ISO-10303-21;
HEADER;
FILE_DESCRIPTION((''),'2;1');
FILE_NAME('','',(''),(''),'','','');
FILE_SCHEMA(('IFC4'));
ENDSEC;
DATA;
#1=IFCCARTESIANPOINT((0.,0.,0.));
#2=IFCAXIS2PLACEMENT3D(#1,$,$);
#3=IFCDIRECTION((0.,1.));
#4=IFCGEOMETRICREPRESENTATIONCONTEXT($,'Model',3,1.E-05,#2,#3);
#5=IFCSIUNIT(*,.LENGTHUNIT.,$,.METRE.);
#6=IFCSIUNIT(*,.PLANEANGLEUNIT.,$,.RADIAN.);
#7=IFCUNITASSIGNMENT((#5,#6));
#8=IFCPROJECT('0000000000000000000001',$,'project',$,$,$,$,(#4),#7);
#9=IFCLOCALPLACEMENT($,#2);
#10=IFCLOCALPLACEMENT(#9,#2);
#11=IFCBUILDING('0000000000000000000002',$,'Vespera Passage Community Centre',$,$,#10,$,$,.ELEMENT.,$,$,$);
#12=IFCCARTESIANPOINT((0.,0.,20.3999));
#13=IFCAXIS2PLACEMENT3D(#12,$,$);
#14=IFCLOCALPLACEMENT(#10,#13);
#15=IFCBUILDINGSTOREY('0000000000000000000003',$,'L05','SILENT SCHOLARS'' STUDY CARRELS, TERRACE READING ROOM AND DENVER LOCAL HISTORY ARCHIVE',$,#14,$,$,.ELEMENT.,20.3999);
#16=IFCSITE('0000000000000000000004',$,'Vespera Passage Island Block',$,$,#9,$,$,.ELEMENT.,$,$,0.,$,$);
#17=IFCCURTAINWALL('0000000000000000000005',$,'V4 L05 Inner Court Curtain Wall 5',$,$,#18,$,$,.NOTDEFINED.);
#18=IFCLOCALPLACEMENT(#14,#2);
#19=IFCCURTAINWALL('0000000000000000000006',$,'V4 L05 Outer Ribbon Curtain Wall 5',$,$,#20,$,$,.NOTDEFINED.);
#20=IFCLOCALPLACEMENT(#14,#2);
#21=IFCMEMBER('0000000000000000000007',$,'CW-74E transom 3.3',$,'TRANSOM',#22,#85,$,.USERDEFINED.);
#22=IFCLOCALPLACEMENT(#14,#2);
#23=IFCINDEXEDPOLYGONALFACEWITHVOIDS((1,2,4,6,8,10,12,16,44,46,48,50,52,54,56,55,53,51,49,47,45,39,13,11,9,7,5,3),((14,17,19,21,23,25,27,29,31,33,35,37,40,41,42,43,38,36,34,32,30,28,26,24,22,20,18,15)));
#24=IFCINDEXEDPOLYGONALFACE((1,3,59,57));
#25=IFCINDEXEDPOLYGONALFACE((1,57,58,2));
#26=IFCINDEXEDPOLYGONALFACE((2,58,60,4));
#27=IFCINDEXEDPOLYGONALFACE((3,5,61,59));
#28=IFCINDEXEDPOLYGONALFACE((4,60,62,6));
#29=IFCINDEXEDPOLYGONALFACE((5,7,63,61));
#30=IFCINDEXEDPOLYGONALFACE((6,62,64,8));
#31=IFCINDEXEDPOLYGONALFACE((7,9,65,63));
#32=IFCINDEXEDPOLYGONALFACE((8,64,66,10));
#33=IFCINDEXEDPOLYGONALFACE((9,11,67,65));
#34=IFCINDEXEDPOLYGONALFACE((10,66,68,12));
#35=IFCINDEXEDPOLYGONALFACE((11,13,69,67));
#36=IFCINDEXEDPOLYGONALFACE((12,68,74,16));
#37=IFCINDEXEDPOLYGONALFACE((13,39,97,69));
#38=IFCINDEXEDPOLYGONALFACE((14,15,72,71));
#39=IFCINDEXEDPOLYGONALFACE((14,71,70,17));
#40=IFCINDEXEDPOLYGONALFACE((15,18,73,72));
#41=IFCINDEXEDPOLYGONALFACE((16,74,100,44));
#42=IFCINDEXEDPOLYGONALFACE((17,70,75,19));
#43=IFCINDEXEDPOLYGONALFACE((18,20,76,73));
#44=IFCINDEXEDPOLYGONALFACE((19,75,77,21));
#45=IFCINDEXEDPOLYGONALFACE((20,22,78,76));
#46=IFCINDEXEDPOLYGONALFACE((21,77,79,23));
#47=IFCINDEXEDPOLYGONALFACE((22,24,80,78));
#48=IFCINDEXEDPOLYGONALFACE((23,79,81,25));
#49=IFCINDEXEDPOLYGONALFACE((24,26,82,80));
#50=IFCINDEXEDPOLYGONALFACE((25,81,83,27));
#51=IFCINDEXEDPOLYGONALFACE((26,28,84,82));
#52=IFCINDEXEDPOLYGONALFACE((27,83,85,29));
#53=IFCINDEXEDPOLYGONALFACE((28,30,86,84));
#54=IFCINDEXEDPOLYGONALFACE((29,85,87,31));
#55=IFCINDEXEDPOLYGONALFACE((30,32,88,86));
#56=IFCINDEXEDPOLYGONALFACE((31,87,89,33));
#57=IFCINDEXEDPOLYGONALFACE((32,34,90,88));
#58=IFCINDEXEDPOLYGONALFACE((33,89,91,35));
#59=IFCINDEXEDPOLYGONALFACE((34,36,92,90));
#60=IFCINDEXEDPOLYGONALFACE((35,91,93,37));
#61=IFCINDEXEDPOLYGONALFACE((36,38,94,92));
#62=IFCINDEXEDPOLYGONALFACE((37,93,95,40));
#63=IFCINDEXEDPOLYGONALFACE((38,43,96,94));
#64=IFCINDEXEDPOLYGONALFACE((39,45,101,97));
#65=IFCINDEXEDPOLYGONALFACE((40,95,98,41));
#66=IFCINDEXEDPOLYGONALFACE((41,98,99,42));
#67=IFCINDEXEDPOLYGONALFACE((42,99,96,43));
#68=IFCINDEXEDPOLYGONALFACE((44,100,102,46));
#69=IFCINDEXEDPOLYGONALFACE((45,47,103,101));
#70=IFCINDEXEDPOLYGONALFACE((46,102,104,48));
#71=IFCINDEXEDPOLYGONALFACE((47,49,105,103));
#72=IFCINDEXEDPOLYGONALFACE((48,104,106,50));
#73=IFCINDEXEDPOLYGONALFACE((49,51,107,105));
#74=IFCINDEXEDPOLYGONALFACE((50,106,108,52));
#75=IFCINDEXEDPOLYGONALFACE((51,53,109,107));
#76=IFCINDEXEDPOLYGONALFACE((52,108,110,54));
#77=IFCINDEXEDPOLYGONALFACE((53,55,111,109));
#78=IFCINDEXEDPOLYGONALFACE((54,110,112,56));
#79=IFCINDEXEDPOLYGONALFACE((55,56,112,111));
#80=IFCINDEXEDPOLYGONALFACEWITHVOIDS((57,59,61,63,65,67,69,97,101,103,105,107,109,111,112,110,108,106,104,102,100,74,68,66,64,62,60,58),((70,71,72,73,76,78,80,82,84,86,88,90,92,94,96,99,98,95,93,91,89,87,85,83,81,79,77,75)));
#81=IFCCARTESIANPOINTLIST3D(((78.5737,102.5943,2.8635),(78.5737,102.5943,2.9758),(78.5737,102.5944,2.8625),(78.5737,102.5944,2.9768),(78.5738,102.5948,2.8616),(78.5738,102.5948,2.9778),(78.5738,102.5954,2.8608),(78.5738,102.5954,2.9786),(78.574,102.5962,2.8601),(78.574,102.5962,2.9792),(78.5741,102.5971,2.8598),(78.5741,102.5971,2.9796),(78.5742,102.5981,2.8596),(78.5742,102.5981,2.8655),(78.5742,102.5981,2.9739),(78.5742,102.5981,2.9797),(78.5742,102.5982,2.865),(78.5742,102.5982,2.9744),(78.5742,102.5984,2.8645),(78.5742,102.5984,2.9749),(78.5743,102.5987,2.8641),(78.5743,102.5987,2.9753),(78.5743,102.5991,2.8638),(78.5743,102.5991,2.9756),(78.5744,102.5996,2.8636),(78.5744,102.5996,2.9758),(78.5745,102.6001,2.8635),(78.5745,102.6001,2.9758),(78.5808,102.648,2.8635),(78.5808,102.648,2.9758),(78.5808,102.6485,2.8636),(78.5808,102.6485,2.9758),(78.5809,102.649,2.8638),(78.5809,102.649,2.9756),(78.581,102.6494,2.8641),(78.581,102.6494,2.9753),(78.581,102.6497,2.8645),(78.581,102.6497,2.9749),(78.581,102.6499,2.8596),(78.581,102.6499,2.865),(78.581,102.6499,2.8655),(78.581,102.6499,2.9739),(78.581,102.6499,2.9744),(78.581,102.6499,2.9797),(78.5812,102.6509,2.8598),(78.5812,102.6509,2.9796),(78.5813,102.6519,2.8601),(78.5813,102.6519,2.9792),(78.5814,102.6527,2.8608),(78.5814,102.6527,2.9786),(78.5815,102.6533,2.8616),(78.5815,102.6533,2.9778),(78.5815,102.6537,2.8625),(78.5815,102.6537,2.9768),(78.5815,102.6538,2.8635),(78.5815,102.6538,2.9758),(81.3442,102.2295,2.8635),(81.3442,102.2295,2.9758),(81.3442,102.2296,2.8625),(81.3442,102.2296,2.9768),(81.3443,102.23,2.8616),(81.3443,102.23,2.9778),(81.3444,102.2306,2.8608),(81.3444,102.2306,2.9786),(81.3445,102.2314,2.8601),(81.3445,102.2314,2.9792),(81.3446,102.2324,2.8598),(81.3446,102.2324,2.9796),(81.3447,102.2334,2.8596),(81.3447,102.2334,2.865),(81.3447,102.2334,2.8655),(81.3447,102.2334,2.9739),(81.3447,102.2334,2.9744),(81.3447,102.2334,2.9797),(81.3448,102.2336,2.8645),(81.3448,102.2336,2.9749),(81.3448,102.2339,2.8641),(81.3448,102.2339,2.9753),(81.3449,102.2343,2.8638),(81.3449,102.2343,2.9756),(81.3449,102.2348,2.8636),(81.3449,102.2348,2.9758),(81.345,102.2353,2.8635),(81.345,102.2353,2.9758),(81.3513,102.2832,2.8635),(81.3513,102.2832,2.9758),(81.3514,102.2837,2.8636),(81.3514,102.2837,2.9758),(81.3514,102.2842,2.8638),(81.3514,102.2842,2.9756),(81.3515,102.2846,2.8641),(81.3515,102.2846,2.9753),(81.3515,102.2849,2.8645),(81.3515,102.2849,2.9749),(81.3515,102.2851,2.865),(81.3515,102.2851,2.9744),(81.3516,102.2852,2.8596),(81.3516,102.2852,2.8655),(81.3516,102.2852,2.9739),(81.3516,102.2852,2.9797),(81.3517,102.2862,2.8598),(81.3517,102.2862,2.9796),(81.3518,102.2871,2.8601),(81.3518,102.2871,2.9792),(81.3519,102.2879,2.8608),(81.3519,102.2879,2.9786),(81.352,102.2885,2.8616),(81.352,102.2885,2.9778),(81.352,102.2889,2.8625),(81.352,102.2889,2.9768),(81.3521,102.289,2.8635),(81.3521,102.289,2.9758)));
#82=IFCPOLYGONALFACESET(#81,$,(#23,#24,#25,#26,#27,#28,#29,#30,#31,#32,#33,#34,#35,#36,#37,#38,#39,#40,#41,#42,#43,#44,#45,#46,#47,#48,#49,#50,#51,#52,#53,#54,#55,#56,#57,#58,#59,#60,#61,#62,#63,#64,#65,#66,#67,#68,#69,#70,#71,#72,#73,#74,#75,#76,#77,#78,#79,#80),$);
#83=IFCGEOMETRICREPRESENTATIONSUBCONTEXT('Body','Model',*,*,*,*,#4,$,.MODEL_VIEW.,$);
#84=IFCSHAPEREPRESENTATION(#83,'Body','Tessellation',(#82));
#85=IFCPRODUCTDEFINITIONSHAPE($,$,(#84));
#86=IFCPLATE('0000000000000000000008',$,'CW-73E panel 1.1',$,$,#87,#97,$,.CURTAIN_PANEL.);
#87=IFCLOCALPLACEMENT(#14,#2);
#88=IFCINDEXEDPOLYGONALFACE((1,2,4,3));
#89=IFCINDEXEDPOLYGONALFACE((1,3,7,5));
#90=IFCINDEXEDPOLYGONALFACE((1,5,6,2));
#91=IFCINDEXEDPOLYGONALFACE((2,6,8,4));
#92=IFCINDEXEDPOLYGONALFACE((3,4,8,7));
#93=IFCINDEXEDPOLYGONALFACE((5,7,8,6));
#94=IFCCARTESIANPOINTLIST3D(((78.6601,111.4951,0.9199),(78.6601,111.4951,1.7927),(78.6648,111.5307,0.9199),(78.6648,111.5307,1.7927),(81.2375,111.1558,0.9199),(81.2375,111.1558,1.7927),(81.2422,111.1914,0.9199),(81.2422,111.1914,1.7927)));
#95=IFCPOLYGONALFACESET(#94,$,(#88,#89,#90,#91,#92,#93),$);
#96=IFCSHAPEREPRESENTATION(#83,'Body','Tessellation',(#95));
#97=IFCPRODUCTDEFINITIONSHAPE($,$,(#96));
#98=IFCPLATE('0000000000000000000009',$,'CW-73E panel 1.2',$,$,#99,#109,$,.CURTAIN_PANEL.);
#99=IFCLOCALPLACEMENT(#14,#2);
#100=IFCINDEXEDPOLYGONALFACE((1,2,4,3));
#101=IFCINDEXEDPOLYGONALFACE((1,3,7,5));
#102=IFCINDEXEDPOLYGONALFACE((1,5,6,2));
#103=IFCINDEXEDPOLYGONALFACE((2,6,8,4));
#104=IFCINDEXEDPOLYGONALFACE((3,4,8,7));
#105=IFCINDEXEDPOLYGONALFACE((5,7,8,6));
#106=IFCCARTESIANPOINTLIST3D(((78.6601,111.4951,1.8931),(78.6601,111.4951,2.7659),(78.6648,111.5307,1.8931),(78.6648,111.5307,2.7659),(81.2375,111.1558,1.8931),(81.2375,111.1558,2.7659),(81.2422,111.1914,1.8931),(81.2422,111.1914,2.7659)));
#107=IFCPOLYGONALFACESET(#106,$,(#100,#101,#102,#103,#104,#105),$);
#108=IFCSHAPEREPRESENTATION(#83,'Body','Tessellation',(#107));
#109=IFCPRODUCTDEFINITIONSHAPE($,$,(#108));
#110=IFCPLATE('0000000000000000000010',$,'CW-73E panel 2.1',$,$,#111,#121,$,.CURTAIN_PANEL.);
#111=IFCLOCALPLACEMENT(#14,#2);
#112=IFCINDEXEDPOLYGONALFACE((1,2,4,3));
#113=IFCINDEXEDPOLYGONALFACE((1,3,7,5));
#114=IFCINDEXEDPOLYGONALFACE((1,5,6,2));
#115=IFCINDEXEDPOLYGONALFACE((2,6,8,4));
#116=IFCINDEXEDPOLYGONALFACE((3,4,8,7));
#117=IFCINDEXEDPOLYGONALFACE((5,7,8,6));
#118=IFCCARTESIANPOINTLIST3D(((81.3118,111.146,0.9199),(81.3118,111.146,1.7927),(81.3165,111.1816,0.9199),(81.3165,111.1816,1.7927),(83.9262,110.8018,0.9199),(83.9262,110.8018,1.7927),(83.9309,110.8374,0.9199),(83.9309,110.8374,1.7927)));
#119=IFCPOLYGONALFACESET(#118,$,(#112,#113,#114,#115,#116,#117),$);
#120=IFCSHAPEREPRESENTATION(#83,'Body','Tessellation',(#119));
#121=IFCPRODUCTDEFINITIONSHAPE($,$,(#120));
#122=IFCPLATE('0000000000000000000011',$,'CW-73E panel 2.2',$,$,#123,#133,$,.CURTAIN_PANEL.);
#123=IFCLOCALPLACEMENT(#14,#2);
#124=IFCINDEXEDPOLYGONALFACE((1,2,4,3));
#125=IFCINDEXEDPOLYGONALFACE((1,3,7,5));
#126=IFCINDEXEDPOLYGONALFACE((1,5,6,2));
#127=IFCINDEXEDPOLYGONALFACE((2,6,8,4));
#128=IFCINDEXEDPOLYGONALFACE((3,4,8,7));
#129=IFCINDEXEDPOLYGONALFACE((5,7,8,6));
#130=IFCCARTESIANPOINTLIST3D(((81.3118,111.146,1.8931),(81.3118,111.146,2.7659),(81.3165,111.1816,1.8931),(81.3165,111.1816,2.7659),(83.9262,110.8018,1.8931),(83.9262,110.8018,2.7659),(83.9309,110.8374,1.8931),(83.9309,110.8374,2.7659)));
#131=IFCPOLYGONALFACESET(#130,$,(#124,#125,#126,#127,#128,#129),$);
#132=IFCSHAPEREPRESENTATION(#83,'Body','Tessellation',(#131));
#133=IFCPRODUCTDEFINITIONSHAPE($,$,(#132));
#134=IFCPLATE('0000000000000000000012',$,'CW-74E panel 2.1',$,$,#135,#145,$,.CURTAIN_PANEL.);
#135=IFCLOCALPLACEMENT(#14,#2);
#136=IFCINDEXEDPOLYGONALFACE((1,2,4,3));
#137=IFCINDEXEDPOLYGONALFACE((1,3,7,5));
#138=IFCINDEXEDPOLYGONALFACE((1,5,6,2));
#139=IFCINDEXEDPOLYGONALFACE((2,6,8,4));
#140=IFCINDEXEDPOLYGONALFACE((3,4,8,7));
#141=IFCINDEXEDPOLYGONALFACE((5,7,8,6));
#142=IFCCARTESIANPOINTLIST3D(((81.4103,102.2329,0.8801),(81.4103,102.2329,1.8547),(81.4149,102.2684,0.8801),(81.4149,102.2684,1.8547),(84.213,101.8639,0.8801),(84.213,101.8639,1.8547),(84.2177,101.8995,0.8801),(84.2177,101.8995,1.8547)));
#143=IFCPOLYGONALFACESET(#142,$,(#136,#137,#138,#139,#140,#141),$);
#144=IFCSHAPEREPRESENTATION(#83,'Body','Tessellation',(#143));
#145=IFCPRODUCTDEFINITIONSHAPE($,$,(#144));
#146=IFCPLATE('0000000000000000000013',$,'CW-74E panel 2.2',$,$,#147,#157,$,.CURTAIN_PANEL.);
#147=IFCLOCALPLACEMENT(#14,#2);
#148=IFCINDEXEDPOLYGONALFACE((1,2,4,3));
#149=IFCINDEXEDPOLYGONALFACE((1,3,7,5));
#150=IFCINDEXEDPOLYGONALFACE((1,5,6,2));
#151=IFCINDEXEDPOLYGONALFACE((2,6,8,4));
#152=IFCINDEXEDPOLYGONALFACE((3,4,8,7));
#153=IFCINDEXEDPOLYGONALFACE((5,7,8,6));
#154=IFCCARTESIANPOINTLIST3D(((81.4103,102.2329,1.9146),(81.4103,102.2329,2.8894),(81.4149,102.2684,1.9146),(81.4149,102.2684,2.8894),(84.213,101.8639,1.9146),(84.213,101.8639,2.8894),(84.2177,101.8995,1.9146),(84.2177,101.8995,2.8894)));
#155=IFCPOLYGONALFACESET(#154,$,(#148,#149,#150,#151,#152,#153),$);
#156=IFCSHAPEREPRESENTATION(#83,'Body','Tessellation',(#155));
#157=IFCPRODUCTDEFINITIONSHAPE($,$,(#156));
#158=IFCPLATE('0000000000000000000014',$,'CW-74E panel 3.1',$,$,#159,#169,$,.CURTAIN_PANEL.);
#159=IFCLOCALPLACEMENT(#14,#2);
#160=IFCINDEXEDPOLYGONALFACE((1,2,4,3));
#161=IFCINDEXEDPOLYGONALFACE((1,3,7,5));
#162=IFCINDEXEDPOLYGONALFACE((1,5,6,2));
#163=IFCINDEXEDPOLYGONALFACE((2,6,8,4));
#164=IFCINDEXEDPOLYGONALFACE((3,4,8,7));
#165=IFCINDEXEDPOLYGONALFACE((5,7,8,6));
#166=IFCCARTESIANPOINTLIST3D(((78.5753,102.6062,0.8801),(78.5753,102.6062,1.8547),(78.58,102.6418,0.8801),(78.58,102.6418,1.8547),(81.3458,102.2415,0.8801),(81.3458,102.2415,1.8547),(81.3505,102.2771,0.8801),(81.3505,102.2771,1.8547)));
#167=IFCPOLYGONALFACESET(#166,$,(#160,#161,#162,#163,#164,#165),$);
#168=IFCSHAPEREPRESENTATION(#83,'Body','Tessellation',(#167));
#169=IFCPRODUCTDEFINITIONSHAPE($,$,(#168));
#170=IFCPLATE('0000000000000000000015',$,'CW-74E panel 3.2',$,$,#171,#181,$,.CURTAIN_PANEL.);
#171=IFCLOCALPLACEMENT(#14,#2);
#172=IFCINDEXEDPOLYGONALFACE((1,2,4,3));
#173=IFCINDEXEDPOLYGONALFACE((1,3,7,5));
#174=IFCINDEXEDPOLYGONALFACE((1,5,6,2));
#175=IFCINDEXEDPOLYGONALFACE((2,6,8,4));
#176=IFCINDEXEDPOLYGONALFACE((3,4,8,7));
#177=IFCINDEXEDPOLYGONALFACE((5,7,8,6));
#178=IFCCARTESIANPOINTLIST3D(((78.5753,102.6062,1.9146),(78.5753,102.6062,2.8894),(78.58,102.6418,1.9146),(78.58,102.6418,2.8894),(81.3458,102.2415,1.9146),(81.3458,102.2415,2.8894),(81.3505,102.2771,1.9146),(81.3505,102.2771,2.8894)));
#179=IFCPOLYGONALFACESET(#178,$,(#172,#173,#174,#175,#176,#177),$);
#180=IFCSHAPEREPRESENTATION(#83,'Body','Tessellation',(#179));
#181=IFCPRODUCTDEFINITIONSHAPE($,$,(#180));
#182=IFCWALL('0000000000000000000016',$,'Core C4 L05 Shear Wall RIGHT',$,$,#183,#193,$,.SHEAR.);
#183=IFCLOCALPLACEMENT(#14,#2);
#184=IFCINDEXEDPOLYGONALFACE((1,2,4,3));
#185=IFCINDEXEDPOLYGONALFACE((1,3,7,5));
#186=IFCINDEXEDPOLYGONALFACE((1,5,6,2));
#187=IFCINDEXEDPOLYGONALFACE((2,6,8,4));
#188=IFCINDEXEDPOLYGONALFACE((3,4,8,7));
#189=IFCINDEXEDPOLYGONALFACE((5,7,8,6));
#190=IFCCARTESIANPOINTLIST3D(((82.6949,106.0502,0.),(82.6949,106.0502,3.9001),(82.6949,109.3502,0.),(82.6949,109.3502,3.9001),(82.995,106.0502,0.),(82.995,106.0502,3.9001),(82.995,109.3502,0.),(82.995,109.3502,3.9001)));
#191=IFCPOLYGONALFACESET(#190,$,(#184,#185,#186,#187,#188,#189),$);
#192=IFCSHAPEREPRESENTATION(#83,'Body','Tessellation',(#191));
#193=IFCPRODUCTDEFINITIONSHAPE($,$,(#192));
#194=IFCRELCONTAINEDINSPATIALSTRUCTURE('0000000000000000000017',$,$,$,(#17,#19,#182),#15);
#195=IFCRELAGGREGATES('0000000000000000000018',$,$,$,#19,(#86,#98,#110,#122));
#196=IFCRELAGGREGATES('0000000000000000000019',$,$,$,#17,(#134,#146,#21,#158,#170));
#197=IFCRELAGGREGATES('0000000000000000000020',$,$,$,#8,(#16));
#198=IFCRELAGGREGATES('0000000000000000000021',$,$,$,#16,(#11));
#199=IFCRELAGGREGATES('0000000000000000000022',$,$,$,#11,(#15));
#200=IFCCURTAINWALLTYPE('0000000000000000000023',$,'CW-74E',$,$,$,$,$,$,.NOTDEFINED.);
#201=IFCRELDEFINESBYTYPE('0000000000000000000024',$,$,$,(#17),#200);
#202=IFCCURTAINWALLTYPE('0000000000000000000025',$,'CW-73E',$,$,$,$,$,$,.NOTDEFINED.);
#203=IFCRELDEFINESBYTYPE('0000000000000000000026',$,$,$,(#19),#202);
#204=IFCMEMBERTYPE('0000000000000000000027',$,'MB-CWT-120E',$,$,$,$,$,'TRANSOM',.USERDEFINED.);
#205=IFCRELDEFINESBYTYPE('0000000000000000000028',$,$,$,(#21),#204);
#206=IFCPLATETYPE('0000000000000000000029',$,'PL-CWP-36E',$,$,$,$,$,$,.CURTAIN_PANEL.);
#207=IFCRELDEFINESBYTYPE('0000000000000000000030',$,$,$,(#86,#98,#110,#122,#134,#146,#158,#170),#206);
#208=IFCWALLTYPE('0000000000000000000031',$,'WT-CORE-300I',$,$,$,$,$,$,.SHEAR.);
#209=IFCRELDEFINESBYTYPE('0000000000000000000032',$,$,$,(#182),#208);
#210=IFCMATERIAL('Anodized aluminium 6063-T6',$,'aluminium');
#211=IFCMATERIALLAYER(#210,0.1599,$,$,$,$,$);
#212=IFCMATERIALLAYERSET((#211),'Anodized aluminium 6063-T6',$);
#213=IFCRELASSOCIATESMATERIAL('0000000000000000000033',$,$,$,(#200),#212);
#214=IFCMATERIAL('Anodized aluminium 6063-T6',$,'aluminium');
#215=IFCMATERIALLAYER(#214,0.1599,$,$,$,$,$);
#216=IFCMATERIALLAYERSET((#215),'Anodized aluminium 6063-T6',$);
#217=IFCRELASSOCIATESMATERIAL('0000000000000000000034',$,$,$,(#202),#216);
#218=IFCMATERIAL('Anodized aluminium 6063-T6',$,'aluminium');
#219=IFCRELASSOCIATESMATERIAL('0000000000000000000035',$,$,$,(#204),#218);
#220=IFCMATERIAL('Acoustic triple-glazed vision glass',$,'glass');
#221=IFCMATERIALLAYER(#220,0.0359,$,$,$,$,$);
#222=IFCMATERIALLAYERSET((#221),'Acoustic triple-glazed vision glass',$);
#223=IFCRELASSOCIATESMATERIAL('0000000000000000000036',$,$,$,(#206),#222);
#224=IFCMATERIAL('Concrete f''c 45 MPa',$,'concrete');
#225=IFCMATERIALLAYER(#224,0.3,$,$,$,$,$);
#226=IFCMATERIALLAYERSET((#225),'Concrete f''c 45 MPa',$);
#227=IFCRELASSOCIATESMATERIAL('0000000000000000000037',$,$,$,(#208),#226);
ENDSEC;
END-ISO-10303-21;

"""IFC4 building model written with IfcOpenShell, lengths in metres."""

from ifc_helpers import new_model, si_unit, direction, frame, frame_2d, origin, origin_2d, place, context, subcontext, project, spatial, rectangle, hollow_rectangle, extrude, material, layer, layer_set, material_profile, profile_set, type_object, element, aggregate, save


model = new_model("IFC4")

# Units and contexts
model_context = context("Model", 3, precision=1e-05, world=origin(), true_north=direction((0.0, 1.0)))
body_context = subcontext(model_context, "Body", "Model", "MODEL_VIEW")
ifc_project = project(units=[si_unit("LENGTHUNIT", "METRE"), si_unit("PLANEANGLEUNIT", "RADIAN")], contexts=[model_context])

# Site, building, storey
site_placement = place(None, origin())
site = spatial("IfcSite", under=ifc_project, at=site_placement, Name="Vespera Passage Island Block", CompositionType="ELEMENT", RefElevation=0.0)
building_placement = place(site_placement, origin())
building = spatial("IfcBuilding", under=site, at=building_placement, Name="Vespera Passage Community Centre", CompositionType="ELEMENT")
storey_placement = place(building_placement, frame((0.0, 0.0, 20.3999)))
storey = spatial("IfcBuildingStorey", under=building, at=storey_placement, Name="L05", Description="SILENT SCHOLARS' STUDY CARRELS, TERRACE READING ROOM AND DENVER LOCAL HISTORY ARCHIVE", CompositionType="ELEMENT", Elevation=20.3999)

# Curtain walls
ifc_material_1 = material(Name="Anodized aluminium 6063-T6", Category="aluminium")
ifc_layer_1 = layer(ifc_material_1, 0.1599)
ifc_layer_set_1 = layer_set([ifc_layer_1], Name="Anodized aluminium 6063-T6")
curtain_wall_type_1 = type_object("IfcCurtainWallType", Name="CW-74E", PredefinedType="NOTDEFINED", material=ifc_layer_set_1)
curtain_wall_1_placement = place(storey_placement, origin())
curtain_wall_1 = element("IfcCurtainWall", 1, at=curtain_wall_1_placement, inside=storey, type_object=curtain_wall_type_1, Name="V4 L05 Inner Court Curtain Wall 5", PredefinedType="NOTDEFINED")
ifc_material_2 = material(Name="Anodized aluminium 6063-T6", Category="aluminium")
ifc_layer_2 = layer(ifc_material_2, 0.1599)
ifc_layer_set_2 = layer_set([ifc_layer_2], Name="Anodized aluminium 6063-T6")
curtain_wall_type_2 = type_object("IfcCurtainWallType", Name="CW-73E", PredefinedType="NOTDEFINED", material=ifc_layer_set_2)
curtain_wall_2_placement = place(storey_placement, origin())
curtain_wall_2 = element("IfcCurtainWall", 2, at=curtain_wall_2_placement, inside=storey, type_object=curtain_wall_type_2, Name="V4 L05 Outer Ribbon Curtain Wall 5", PredefinedType="NOTDEFINED")

# Member
ifc_material_3 = material(Name="Anodized aluminium 6063-T6", Category="aluminium")
ifc_material_profile_1 = material_profile(ifc_material_3, hollow_rectangle(XDim=0.0601, YDim=0.1201, WallThickness=0.0039, InnerFilletRadius=0.002, OuterFilletRadius=0.0039, at=origin_2d()), Name="ALU120X60X4")
ifc_profile_set_1 = profile_set([ifc_material_profile_1], Name="Anodized aluminium 6063-T6")
member_type_1 = type_object("IfcMemberType", Name="MB-CWT-120E", ElementType="TRANSOM", PredefinedType="USERDEFINED", material=ifc_profile_set_1)
member_1_placement = place(storey_placement, frame((81.3481, 102.2593, 2.9197), z_axis=(-0.991445, 0.130527, 0.0), x_axis=(-0.130527, -0.991445, 0.0)))
member_1 = element("IfcMember", 3, at=member_1_placement, type_object=member_type_1, Name="CW-74E transom 3.3", ObjectType="TRANSOM", PredefinedType="USERDEFINED", context=body_context, shape_type="SweptSolid", body=[
    extrude(hollow_rectangle(XDim=0.0601, YDim=0.1201, WallThickness=0.0039, InnerFilletRadius=0.002, OuterFilletRadius=0.0039, at=origin_2d()), origin(), (0.0, 0.0, 1.0), 2.7944),
])

# Plates
ifc_material_4 = material(Name="Acoustic triple-glazed vision glass", Category="glass")
ifc_layer_3 = layer(ifc_material_4, 0.0359)
ifc_layer_set_3 = layer_set([ifc_layer_3], Name="Acoustic triple-glazed vision glass")
plate_type = type_object("IfcPlateType", Name="PL-CWP-36E", PredefinedType="CURTAIN_PANEL", material=ifc_layer_set_3)
plate_1_placement = place(storey_placement, frame((79.9512, 111.3433, 0.9199), z_axis=(0.0, 0.0, 1.0), x_axis=(0.991444, -0.130531, 0.0)))
plate_1 = element("IfcPlate", 4, at=plate_1_placement, type_object=plate_type, Name="CW-73E panel 1.1", PredefinedType="CURTAIN_PANEL", context=body_context, shape_type="SweptSolid", body=[
    extrude(rectangle(XDim=2.5996, YDim=0.0359, at=origin_2d()), origin(), (0.0, 0.0, 1.0), 0.8728),
])
plate_2_placement = place(storey_placement, frame((79.9512, 111.3433, 1.8931), z_axis=(0.0, 0.0, 1.0), x_axis=(0.991444, -0.130531, 0.0)))
plate_2 = element("IfcPlate", 5, at=plate_2_placement, type_object=plate_type, Name="CW-73E panel 1.2", PredefinedType="CURTAIN_PANEL", context=body_context, shape_type="SweptSolid", body=[
    extrude(rectangle(XDim=2.5996, YDim=0.0359, at=origin_2d()), origin(), (0.0, 0.0, 1.0), 0.8728),
])
plate_3_placement = place(storey_placement, frame((82.6213, 110.9917, 0.9199), z_axis=(0.0, 0.0, 1.0), x_axis=(0.991444, -0.130531, 0.0)))
plate_3 = element("IfcPlate", 6, at=plate_3_placement, type_object=plate_type, Name="CW-73E panel 2.1", PredefinedType="CURTAIN_PANEL", context=body_context, shape_type="SweptSolid", body=[
    extrude(rectangle(XDim=2.637, YDim=0.0359, at=origin_2d()), origin(), (0.0, 0.0, 1.0), 0.8728),
])
plate_4_placement = place(storey_placement, frame((82.6213, 110.9917, 1.8931), z_axis=(0.0, 0.0, 1.0), x_axis=(0.991444, -0.130531, 0.0)))
plate_4 = element("IfcPlate", 7, at=plate_4_placement, type_object=plate_type, Name="CW-73E panel 2.2", PredefinedType="CURTAIN_PANEL", context=body_context, shape_type="SweptSolid", body=[
    extrude(rectangle(XDim=2.637, YDim=0.0359, at=origin_2d()), origin(), (0.0, 0.0, 1.0), 0.8728),
])
aggregate(curtain_wall_2, [plate_1, plate_2, plate_3, plate_4])
plate_5_placement = place(storey_placement, frame((82.814, 102.0662, 0.8801), z_axis=(0.0, 0.0, 1.0), x_axis=(-0.991445, 0.130522, 0.0)))
plate_5 = element("IfcPlate", 8, at=plate_5_placement, type_object=plate_type, Name="CW-74E panel 2.1", PredefinedType="CURTAIN_PANEL", context=body_context, shape_type="SweptSolid", body=[
    extrude(rectangle(XDim=2.8269, YDim=0.0359, at=origin_2d()), origin(), (0.0, 0.0, 1.0), 0.9746),
])
plate_6_placement = place(storey_placement, frame((82.814, 102.0662, 1.9146), z_axis=(0.0, 0.0, 1.0), x_axis=(-0.991445, 0.130522, 0.0)))
plate_6 = element("IfcPlate", 9, at=plate_6_placement, type_object=plate_type, Name="CW-74E panel 2.2", PredefinedType="CURTAIN_PANEL", context=body_context, shape_type="SweptSolid", body=[
    extrude(rectangle(XDim=2.8269, YDim=0.0359, at=origin_2d()), origin(), (0.0, 0.0, 1.0), 0.9749),
])
plate_7_placement = place(storey_placement, frame((79.9629, 102.4417, 0.8801), z_axis=(0.0, 0.0, 1.0), x_axis=(-0.991445, 0.130522, 0.0)))
plate_7 = element("IfcPlate", 10, at=plate_7_placement, type_object=plate_type, Name="CW-74E panel 3.1", PredefinedType="CURTAIN_PANEL", context=body_context, shape_type="SweptSolid", body=[
    extrude(rectangle(XDim=2.7944, YDim=0.0359, at=origin_2d()), origin(), (0.0, 0.0, 1.0), 0.9746),
])
plate_8_placement = place(storey_placement, frame((79.9629, 102.4417, 1.9146), z_axis=(0.0, 0.0, 1.0), x_axis=(-0.991445, 0.130522, 0.0)))
plate_8 = element("IfcPlate", 11, at=plate_8_placement, type_object=plate_type, Name="CW-74E panel 3.2", PredefinedType="CURTAIN_PANEL", context=body_context, shape_type="SweptSolid", body=[
    extrude(rectangle(XDim=2.7944, YDim=0.0359, at=origin_2d()), origin(), (0.0, 0.0, 1.0), 0.9749),
])
aggregate(curtain_wall_1, [plate_5, plate_6, member_1, plate_7, plate_8])

# Shared definitions
ifc_material_5 = material(Name="Concrete f'c 45 MPa", Category="concrete")
ifc_layer_4 = layer(ifc_material_5, 0.3)
ifc_layer_set_4 = layer_set([ifc_layer_4], Name="Concrete f'c 45 MPa")
wall_type_1 = type_object("IfcWallType", Name="WT-CORE-300I", PredefinedType="SHEAR", material=ifc_layer_set_4)

# Wall
wall_1_placement = place(storey_placement, frame((82.845, 109.3501, 0.0), z_axis=(0.0, 0.0, 1.0), x_axis=(0.0, -1.0, 0.0)))
element("IfcWall", 12, at=wall_1_placement, inside=storey, type_object=wall_type_1, Name="Core C4 L05 Shear Wall RIGHT", PredefinedType="SHEAR", context=body_context, shape_type="SweptSolid", body=[
    extrude(rectangle(XDim=3.3, YDim=0.3, at=frame_2d((1.6499, 0.0))), origin(), (0.0, 0.0, 1.0), 3.9001),
])

save(model, "model.ifc")
